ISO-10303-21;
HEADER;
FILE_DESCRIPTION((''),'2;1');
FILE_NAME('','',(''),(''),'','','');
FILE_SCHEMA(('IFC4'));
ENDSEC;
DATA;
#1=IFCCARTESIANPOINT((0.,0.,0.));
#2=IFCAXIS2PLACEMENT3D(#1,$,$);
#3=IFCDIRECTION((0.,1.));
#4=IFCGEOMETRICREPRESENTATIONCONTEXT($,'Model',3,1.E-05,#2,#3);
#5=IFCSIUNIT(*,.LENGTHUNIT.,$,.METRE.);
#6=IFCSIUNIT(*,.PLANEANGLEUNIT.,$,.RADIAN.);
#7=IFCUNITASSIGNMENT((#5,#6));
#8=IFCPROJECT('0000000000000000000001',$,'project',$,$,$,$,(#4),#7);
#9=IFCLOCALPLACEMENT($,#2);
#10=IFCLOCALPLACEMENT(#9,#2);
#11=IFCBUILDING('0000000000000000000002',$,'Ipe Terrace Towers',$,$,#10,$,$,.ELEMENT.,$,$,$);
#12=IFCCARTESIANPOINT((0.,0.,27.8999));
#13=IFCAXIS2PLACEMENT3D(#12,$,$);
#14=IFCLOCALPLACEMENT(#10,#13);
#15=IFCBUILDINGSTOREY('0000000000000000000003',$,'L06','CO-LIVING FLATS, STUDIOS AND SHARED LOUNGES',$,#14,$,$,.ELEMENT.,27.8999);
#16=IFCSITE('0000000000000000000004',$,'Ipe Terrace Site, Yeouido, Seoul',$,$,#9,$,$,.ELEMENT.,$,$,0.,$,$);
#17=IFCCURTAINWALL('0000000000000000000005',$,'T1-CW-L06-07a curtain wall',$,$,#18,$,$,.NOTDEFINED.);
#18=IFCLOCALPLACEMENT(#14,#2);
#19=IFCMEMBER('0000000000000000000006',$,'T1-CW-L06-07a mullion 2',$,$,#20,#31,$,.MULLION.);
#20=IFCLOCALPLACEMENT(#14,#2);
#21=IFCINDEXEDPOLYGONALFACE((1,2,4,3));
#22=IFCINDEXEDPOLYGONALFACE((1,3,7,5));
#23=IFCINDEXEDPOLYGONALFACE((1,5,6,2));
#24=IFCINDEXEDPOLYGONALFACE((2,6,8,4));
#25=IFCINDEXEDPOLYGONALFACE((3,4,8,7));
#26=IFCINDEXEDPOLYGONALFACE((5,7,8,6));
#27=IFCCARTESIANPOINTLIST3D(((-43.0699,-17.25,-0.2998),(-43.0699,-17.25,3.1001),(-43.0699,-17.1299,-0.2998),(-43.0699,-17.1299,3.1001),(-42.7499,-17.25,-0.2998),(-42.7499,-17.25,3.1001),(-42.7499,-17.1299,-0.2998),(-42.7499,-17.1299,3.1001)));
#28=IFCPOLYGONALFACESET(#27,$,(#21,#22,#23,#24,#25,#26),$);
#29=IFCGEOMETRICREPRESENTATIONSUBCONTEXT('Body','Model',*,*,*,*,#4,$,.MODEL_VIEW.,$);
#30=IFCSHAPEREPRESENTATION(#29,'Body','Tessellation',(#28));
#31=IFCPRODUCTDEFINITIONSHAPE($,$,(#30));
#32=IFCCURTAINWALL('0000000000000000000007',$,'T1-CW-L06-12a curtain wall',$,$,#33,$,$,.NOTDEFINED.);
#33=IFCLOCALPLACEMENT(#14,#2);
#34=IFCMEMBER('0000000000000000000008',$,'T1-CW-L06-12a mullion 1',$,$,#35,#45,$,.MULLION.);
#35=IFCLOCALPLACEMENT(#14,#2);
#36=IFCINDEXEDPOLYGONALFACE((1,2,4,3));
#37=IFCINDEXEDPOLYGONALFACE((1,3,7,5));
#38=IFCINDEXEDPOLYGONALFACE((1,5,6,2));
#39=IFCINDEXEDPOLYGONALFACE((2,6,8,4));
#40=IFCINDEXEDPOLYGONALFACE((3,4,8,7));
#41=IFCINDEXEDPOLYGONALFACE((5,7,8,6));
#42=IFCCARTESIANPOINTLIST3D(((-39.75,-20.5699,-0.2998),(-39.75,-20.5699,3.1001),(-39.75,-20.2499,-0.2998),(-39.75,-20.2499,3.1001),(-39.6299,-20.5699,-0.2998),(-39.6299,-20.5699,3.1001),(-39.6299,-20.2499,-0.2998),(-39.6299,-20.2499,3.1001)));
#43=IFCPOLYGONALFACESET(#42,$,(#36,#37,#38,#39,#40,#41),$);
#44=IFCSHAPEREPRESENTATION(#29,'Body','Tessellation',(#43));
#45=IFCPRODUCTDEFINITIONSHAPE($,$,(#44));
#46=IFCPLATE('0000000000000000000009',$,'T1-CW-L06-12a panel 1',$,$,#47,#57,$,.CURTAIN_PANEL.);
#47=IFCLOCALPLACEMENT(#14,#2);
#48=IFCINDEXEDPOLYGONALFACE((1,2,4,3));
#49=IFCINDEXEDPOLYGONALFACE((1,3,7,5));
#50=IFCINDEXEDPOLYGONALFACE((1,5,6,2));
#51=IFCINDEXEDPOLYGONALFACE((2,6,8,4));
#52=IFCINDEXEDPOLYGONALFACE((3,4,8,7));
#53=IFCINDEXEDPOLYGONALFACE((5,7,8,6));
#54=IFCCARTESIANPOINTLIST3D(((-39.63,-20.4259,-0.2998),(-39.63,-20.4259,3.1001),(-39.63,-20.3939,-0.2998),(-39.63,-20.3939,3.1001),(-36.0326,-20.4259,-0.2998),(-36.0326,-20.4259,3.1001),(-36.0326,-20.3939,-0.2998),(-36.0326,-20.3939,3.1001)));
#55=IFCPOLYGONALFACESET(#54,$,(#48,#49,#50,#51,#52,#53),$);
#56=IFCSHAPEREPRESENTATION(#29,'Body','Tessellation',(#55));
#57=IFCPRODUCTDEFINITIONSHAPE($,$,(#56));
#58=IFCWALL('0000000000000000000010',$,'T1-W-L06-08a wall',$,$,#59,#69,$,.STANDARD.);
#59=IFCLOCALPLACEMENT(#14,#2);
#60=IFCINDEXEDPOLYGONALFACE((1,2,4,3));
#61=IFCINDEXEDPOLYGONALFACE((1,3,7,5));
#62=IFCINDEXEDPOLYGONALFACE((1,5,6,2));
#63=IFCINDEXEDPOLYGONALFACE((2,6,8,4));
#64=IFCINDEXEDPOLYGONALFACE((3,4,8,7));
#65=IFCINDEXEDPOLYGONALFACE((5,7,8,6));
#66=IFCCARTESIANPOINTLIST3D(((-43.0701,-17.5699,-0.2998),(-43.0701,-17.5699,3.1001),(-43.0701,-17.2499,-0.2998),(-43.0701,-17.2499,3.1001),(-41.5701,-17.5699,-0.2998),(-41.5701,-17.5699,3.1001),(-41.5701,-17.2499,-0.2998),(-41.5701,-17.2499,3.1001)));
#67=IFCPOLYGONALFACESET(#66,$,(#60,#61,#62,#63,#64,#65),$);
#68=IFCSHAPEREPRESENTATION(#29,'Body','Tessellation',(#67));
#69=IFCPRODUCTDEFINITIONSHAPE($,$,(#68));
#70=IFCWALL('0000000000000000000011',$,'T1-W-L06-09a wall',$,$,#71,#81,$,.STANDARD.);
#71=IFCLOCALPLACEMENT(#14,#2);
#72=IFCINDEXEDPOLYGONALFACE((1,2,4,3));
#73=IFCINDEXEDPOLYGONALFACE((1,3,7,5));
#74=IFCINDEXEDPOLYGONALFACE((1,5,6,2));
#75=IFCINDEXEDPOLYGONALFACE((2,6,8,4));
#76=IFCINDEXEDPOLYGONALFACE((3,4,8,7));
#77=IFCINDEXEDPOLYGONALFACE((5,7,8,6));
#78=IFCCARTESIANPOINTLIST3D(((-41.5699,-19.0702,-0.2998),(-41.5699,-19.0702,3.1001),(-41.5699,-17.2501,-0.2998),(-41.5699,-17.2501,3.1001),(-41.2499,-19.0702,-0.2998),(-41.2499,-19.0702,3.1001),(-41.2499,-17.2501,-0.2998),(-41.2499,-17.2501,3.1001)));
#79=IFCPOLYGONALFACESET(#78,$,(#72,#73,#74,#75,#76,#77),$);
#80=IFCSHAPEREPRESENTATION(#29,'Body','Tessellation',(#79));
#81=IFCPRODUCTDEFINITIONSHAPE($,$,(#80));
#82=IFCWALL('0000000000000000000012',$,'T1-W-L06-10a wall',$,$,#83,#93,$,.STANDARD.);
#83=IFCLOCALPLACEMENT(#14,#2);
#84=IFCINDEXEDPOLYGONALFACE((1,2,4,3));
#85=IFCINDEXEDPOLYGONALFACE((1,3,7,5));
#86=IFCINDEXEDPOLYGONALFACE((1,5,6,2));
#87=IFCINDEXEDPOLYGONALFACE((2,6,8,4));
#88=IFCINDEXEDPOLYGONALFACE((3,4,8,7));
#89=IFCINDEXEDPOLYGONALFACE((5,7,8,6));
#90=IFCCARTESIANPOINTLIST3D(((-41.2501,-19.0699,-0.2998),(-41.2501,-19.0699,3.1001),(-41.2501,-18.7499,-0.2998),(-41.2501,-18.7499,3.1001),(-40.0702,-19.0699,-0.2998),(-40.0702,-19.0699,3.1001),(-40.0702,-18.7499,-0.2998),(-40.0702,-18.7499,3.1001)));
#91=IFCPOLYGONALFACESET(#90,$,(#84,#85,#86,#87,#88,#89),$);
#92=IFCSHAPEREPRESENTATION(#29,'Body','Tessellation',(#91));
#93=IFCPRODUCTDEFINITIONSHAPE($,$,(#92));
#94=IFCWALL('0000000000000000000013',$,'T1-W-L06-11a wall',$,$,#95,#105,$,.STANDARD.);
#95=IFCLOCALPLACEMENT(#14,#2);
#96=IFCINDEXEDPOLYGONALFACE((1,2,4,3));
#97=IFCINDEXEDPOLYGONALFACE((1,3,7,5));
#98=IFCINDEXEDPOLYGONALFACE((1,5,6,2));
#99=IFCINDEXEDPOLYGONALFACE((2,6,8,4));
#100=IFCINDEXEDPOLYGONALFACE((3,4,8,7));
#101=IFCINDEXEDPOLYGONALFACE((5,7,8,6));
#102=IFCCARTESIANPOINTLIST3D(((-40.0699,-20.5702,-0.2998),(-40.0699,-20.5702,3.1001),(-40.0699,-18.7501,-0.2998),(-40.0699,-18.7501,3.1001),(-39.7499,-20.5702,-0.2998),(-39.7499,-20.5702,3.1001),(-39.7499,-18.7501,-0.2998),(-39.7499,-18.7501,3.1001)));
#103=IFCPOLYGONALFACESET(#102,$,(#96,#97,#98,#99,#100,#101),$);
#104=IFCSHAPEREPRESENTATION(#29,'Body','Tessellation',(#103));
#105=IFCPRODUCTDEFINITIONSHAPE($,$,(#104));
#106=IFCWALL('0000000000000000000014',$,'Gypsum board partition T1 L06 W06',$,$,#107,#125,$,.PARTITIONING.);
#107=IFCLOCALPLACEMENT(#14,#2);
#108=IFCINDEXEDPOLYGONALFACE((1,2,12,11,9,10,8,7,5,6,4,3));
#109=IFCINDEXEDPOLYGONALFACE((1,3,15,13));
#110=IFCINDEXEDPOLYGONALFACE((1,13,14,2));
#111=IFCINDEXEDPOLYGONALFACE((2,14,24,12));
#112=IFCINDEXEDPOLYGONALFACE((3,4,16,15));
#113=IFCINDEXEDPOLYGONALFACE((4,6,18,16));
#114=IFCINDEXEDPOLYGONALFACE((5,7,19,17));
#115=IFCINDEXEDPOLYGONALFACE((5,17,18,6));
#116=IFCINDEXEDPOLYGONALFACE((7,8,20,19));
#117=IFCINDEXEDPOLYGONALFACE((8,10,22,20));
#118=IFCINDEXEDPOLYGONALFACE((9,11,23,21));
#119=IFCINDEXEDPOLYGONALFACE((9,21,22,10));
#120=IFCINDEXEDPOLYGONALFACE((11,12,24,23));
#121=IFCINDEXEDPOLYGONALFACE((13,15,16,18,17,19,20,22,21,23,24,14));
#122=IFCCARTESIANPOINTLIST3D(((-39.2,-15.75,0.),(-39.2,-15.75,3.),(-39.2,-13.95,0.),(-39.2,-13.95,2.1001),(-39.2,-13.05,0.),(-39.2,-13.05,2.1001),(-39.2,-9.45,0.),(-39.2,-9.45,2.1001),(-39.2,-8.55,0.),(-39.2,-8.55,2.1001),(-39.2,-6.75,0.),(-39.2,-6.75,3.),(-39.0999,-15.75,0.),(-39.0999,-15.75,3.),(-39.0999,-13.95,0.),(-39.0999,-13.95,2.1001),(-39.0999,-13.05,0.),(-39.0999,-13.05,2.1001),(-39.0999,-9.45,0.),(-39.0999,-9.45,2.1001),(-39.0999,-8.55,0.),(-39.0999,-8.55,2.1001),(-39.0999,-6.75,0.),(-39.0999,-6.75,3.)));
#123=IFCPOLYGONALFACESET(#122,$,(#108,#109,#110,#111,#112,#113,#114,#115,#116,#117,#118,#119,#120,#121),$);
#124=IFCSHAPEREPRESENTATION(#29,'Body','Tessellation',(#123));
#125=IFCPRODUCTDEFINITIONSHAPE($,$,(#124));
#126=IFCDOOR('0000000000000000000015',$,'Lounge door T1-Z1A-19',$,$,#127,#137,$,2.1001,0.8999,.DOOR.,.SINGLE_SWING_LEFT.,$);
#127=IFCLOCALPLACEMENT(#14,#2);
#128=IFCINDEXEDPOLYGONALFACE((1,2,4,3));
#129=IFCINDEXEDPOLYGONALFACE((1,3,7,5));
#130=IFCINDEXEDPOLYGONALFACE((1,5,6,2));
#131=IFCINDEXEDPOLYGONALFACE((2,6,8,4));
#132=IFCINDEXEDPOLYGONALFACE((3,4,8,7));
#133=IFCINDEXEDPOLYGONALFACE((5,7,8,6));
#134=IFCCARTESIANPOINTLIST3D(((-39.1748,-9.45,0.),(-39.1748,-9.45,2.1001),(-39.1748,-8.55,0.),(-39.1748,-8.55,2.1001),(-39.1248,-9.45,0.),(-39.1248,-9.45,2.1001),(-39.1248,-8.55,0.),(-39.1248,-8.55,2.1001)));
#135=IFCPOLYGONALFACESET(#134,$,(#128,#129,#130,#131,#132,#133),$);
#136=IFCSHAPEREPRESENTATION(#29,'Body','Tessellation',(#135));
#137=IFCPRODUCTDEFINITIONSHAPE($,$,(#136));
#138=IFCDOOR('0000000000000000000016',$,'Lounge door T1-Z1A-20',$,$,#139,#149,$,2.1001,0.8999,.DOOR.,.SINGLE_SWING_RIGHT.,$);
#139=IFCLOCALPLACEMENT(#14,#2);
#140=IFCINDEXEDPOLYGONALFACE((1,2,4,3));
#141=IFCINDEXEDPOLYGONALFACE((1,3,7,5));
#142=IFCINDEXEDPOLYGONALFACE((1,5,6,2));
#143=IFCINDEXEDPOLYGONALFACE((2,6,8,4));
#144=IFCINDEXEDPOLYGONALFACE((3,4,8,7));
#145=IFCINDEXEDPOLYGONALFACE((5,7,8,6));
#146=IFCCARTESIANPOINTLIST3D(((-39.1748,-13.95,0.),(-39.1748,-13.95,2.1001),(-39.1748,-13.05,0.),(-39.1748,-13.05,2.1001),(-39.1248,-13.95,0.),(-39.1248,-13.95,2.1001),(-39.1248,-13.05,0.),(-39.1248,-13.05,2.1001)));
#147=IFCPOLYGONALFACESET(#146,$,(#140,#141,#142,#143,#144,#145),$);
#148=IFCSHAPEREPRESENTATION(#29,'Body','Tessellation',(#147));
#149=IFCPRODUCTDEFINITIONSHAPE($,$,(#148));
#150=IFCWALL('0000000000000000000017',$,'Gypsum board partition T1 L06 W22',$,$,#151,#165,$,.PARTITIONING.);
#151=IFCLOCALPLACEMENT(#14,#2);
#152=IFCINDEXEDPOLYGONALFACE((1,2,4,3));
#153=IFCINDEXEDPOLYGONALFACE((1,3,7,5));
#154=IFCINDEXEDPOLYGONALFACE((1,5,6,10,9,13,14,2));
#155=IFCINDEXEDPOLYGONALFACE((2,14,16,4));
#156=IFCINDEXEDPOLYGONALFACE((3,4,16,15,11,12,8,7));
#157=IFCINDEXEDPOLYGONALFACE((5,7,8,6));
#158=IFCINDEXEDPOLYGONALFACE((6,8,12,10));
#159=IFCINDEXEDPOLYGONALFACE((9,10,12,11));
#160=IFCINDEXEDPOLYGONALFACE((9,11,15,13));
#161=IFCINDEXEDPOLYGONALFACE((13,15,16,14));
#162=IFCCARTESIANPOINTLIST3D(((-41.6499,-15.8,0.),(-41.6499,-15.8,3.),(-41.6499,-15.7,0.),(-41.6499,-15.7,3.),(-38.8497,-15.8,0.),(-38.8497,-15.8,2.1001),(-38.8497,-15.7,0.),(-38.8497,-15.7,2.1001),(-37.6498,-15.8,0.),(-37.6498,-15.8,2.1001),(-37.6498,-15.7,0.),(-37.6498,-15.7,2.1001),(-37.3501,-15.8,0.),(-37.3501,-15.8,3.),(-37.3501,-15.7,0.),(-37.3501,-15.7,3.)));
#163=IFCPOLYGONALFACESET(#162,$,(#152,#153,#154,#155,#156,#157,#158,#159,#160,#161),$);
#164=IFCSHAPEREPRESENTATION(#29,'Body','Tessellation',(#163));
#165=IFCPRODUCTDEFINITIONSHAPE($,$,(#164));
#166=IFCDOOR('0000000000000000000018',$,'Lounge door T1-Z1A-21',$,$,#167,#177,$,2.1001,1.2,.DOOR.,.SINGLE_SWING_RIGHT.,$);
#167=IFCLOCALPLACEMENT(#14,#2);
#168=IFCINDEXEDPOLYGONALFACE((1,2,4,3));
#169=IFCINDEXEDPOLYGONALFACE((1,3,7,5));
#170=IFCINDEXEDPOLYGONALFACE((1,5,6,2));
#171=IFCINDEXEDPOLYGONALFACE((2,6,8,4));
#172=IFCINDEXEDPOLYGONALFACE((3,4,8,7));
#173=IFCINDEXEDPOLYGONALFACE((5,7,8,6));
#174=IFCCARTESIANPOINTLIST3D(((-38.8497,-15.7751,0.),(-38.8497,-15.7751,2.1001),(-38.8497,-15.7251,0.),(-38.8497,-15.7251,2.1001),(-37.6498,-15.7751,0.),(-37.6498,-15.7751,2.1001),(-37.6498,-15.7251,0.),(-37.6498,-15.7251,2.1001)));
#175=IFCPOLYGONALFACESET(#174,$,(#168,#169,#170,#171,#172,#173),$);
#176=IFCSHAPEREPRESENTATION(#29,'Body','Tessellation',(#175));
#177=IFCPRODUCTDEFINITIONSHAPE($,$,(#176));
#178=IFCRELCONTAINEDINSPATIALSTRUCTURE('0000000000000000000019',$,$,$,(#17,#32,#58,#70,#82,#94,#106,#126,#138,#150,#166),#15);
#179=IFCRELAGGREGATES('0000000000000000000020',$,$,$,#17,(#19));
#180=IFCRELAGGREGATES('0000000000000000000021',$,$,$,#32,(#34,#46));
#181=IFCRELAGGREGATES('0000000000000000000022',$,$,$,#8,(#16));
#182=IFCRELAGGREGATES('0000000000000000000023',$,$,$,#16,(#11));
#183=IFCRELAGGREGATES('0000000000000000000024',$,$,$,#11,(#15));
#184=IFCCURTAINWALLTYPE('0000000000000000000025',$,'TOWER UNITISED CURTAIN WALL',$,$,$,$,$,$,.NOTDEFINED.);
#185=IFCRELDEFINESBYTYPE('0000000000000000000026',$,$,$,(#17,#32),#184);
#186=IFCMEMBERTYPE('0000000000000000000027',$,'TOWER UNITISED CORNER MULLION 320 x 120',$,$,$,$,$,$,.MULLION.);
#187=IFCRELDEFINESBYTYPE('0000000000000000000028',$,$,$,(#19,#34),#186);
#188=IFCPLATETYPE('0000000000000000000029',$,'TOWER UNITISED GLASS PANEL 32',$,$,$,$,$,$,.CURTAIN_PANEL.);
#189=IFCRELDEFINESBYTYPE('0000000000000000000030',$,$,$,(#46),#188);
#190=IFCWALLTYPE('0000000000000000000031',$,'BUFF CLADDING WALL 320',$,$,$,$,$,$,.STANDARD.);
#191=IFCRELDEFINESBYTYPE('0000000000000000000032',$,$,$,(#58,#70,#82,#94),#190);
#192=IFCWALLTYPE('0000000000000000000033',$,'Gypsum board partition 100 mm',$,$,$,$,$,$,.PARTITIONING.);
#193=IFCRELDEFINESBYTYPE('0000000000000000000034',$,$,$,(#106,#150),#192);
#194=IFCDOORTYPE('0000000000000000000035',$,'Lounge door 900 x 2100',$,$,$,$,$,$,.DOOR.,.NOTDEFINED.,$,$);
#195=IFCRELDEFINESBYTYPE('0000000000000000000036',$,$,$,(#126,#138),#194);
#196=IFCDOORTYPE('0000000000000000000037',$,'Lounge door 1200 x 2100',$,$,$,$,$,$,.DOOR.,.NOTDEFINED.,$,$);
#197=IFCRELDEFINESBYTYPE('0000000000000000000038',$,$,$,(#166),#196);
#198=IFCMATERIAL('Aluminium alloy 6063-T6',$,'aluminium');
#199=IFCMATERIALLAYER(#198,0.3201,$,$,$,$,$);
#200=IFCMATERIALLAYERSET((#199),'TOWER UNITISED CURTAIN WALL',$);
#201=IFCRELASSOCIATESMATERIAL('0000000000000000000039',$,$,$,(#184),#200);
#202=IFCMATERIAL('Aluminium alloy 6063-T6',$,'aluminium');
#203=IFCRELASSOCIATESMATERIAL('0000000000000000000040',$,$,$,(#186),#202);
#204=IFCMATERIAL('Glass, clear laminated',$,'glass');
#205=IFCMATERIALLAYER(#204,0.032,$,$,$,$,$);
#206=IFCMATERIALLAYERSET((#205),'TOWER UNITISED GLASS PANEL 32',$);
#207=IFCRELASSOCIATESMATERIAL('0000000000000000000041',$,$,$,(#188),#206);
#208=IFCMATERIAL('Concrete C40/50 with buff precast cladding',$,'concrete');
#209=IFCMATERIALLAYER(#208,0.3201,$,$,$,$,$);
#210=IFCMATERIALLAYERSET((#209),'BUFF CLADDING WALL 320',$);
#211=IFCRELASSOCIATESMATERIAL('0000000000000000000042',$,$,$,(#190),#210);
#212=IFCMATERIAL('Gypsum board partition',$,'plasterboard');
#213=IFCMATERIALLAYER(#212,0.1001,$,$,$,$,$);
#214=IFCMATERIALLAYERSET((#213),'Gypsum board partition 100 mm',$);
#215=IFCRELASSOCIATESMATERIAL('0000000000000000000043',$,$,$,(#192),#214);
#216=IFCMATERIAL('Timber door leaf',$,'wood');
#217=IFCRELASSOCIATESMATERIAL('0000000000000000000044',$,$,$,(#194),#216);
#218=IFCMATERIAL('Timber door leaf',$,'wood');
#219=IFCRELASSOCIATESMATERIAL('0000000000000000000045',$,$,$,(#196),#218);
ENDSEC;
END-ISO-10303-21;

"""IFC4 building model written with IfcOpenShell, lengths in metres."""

from ifc_helpers import new_model, si_unit, direction, frame, frame_2d, origin, origin_2d, place, context, subcontext, project, spatial, rectangle, extrude, material, layer, layer_set, material_profile, profile_set, type_object, element, fill, aggregate, save


model = new_model("IFC4")

# Units and contexts
model_context = context("Model", 3, precision=1e-05, world=origin(), true_north=direction((0.0, 1.0)))
body_context = subcontext(model_context, "Body", "Model", "MODEL_VIEW")
ifc_project = project(units=[si_unit("LENGTHUNIT", "METRE"), si_unit("PLANEANGLEUNIT", "RADIAN")], contexts=[model_context])

# Site, building, storey
site_placement = place(None, origin())
site = spatial("IfcSite", under=ifc_project, at=site_placement, Name="Ipe Terrace Site, Yeouido, Seoul", CompositionType="ELEMENT", RefElevation=0.0)
building_placement = place(site_placement, origin())
building = spatial("IfcBuilding", under=site, at=building_placement, Name="Ipe Terrace Towers", CompositionType="ELEMENT")
storey_placement = place(building_placement, frame((0.0, 0.0, 27.8999)))
storey = spatial("IfcBuildingStorey", under=building, at=storey_placement, Name="L06", Description="CO-LIVING FLATS, STUDIOS AND SHARED LOUNGES", CompositionType="ELEMENT", Elevation=27.8999)

# Curtain wall, member
ifc_material_1 = material(Name="Aluminium alloy 6063-T6", Category="aluminium")
ifc_layer_1 = layer(ifc_material_1, 0.3201)
ifc_layer_set_1 = layer_set([ifc_layer_1], Name="TOWER UNITISED CURTAIN WALL")
curtain_wall_type = type_object("IfcCurtainWallType", Name="TOWER UNITISED CURTAIN WALL", PredefinedType="NOTDEFINED", material=ifc_layer_set_1)
curtain_wall_1_placement = place(storey_placement, origin())
curtain_wall_1 = element("IfcCurtainWall", 1, at=curtain_wall_1_placement, inside=storey, type_object=curtain_wall_type, Name="T1-CW-L06-07a curtain wall", PredefinedType="NOTDEFINED")
ifc_material_2 = material(Name="Aluminium alloy 6063-T6", Category="aluminium")
ifc_material_profile_1 = material_profile(ifc_material_2, rectangle(XDim=0.3201, YDim=0.1201, at=origin_2d()), Name="TOWER UNITISED CORNER MULLION 320 x 120")
ifc_profile_set_1 = profile_set([ifc_material_profile_1], Name="Aluminium alloy 6063-T6")
member_type = type_object("IfcMemberType", Name="TOWER UNITISED CORNER MULLION 320 x 120", PredefinedType="MULLION", material=ifc_profile_set_1)
member_1_placement = place(storey_placement, frame((-42.9099, -17.1899, -0.2998), z_axis=(0.0, 0.0, 1.0), x_axis=(-1.0, 0.0, 0.0)))
member_1 = element("IfcMember", 2, at=member_1_placement, type_object=member_type, Name="T1-CW-L06-07a mullion 2", PredefinedType="MULLION", context=body_context, shape_type="SweptSolid", body=[
    extrude(rectangle(XDim=0.3201, YDim=0.1201, at=origin_2d()), origin(), (0.0, 0.0, 1.0), 3.3999),
])
aggregate(curtain_wall_1, [member_1])

# Curtain wall, member, plate
curtain_wall_2_placement = place(storey_placement, origin())
curtain_wall_2 = element("IfcCurtainWall", 3, at=curtain_wall_2_placement, inside=storey, type_object=curtain_wall_type, Name="T1-CW-L06-12a curtain wall", PredefinedType="NOTDEFINED")
member_2_placement = place(storey_placement, frame((-39.6899, -20.4099, -0.2998), z_axis=(0.0, 0.0, 1.0), x_axis=(0.0, -1.0, 0.0)))
member_2 = element("IfcMember", 4, at=member_2_placement, type_object=member_type, Name="T1-CW-L06-12a mullion 1", PredefinedType="MULLION", context=body_context, shape_type="SweptSolid", body=[
    extrude(rectangle(XDim=0.3201, YDim=0.1201, at=origin_2d()), origin(), (0.0, 0.0, 1.0), 3.3999),
])
ifc_material_3 = material(Name="Glass, clear laminated", Category="glass")
ifc_layer_2 = layer(ifc_material_3, 0.032)
ifc_layer_set_2 = layer_set([ifc_layer_2], Name="TOWER UNITISED GLASS PANEL 32")
plate_type = type_object("IfcPlateType", Name="TOWER UNITISED GLASS PANEL 32", PredefinedType="CURTAIN_PANEL", material=ifc_layer_set_2)
plate_placement = place(storey_placement, frame((-37.8313, -20.4099, -0.2998), z_axis=(0.0, 0.0, 1.0), x_axis=(1.0, 0.0, 0.0)))
plate = element("IfcPlate", 5, at=plate_placement, type_object=plate_type, Name="T1-CW-L06-12a panel 1", PredefinedType="CURTAIN_PANEL", context=body_context, shape_type="SweptSolid", body=[
    extrude(rectangle(XDim=3.5974, YDim=0.032, at=origin_2d()), origin(), (0.0, 0.0, 1.0), 3.3999),
])
aggregate(curtain_wall_2, [member_2, plate])

# Walls
ifc_material_4 = material(Name="Concrete C40/50 with buff precast cladding", Category="concrete")
ifc_layer_3 = layer(ifc_material_4, 0.3201)
ifc_layer_set_3 = layer_set([ifc_layer_3], Name="BUFF CLADDING WALL 320")
wall_type_1 = type_object("IfcWallType", Name="BUFF CLADDING WALL 320", PredefinedType="STANDARD", material=ifc_layer_set_3)
wall_1_placement = place(storey_placement, frame((-43.0701, -17.4099, -0.2998), z_axis=(0.0, 0.0, 1.0), x_axis=(1.0, 0.0, 0.0)))
element("IfcWall", 6, at=wall_1_placement, inside=storey, type_object=wall_type_1, Name="T1-W-L06-08a wall", PredefinedType="STANDARD", context=body_context, shape_type="SweptSolid", body=[
    extrude(rectangle(XDim=1.5, YDim=0.3201, at=frame_2d((0.75, 0.0))), origin(), (0.0, 0.0, 1.0), 3.3999),
])
wall_2_placement = place(storey_placement, frame((-41.4099, -17.25, -0.2998), z_axis=(0.0, 0.0, 1.0), x_axis=(0.0, -1.0, 0.0)))
element("IfcWall", 7, at=wall_2_placement, inside=storey, type_object=wall_type_1, Name="T1-W-L06-09a wall", PredefinedType="STANDARD", context=body_context, shape_type="SweptSolid", body=[
    extrude(rectangle(XDim=1.8201, YDim=0.3201, at=frame_2d((0.9102, 0.0))), origin(), (0.0, 0.0, 1.0), 3.3999),
])
wall_3_placement = place(storey_placement, frame((-41.25, -18.9099, -0.2998), z_axis=(0.0, 0.0, 1.0), x_axis=(1.0, 0.0, 0.0)))
element("IfcWall", 8, at=wall_3_placement, inside=storey, type_object=wall_type_1, Name="T1-W-L06-10a wall", PredefinedType="STANDARD", context=body_context, shape_type="SweptSolid", body=[
    extrude(rectangle(XDim=1.1799, YDim=0.3201, at=frame_2d((0.5898, 0.0))), origin(), (0.0, 0.0, 1.0), 3.3999),
])
wall_4_placement = place(storey_placement, frame((-39.9099, -18.75, -0.2998), z_axis=(0.0, 0.0, 1.0), x_axis=(0.0, -1.0, 0.0)))
element("IfcWall", 9, at=wall_4_placement, inside=storey, type_object=wall_type_1, Name="T1-W-L06-11a wall", PredefinedType="STANDARD", context=body_context, shape_type="SweptSolid", body=[
    extrude(rectangle(XDim=1.8201, YDim=0.3201, at=frame_2d((0.9102, 0.0))), origin(), (0.0, 0.0, 1.0), 3.3999),
])

# Wall, openings, doors
ifc_material_5 = material(Name="Gypsum board partition", Category="plasterboard")
ifc_layer_4 = layer(ifc_material_5, 0.1001)
ifc_layer_set_4 = layer_set([ifc_layer_4], Name="Gypsum board partition 100 mm")
wall_type_2 = type_object("IfcWallType", Name="Gypsum board partition 100 mm", PredefinedType="PARTITIONING", material=ifc_layer_set_4)
wall_5_placement = place(storey_placement, frame((-39.1499, -15.75, 0.0), z_axis=(0.0, 0.0, 1.0), x_axis=(0.0, 1.0, 0.0)))
wall_5 = element("IfcWall", 10, at=wall_5_placement, inside=storey, type_object=wall_type_2, Name="Gypsum board partition T1 L06 W06", PredefinedType="PARTITIONING", context=body_context, shape_type="SweptSolid", body=[
    extrude(rectangle(XDim=9.0, YDim=0.1001, at=frame_2d((4.5, 0.0))), origin(), (0.0, 0.0, 1.0), 3.0),
])
opening_1_placement = place(wall_5_placement, frame((6.3, 0.0, 0.0)))
opening_1 = element("IfcOpeningElement", 11, at=opening_1_placement, cuts=wall_5, PredefinedType="OPENING", context=body_context, shape_type="SweptSolid", body=[
    extrude(rectangle(XDim=0.8999, YDim=2.1001, at=frame_2d((0.45, 1.05))), frame((0.0, 0.0601, 0.0), z_axis=(0.0, -1.0, 0.0), x_axis=(1.0, 0.0, 0.0)), (0.0, 0.0, 1.0), 0.1201),
])
opening_2_placement = place(wall_5_placement, frame((1.8, 0.0, 0.0)))
opening_2 = element("IfcOpeningElement", 12, at=opening_2_placement, cuts=wall_5, PredefinedType="OPENING", context=body_context, shape_type="SweptSolid", body=[
    extrude(rectangle(XDim=0.8999, YDim=2.1001, at=frame_2d((0.45, 1.05))), frame((0.0, 0.0601, 0.0), z_axis=(0.0, -1.0, 0.0), x_axis=(1.0, 0.0, 0.0)), (0.0, 0.0, 1.0), 0.1201),
])
ifc_material_6 = material(Name="Timber door leaf", Category="wood")
door_type_1 = type_object("IfcDoorType", Name="Lounge door 900 x 2100", OperationType="NOTDEFINED", PredefinedType="DOOR", material=ifc_material_6)
door_1_placement = place(opening_1_placement, origin())
door_1 = element("IfcDoor", 13, at=door_1_placement, inside=storey, type_object=door_type_1, Name="Lounge door T1-Z1A-19", OperationType="SINGLE_SWING_LEFT", OverallHeight=2.1001, OverallWidth=0.8999, PredefinedType="DOOR", context=body_context, shape_type="SweptSolid", body=[
    extrude(rectangle(XDim=0.8999, YDim=2.1001, at=frame_2d((0.45, 1.05))), frame((0.0, 0.0249, 0.0), z_axis=(0.0, -1.0, 0.0), x_axis=(1.0, 0.0, 0.0)), (0.0, 0.0, 1.0), 0.05),
])
fill(opening_1, door_1)
door_2_placement = place(opening_2_placement, origin())
door_2 = element("IfcDoor", 14, at=door_2_placement, inside=storey, type_object=door_type_1, Name="Lounge door T1-Z1A-20", OperationType="SINGLE_SWING_RIGHT", OverallHeight=2.1001, OverallWidth=0.8999, PredefinedType="DOOR", context=body_context, shape_type="SweptSolid", body=[
    extrude(rectangle(XDim=0.8999, YDim=2.1001, at=frame_2d((0.45, 1.05))), frame((0.0, 0.0249, 0.0), z_axis=(0.0, -1.0, 0.0), x_axis=(1.0, 0.0, 0.0)), (0.0, 0.0, 1.0), 0.05),
])
fill(opening_2, door_2)

# Wall, opening, door
wall_6_placement = place(storey_placement, frame((-41.6499, -15.75, 0.0), z_axis=(0.0, 0.0, 1.0), x_axis=(1.0, 0.0, 0.0)))
wall_6 = element("IfcWall", 15, at=wall_6_placement, inside=storey, type_object=wall_type_2, Name="Gypsum board partition T1 L06 W22", PredefinedType="PARTITIONING", context=body_context, shape_type="SweptSolid", body=[
    extrude(rectangle(XDim=4.2998, YDim=0.1001, at=frame_2d((2.1499, 0.0))), origin(), (0.0, 0.0, 1.0), 3.0),
])
opening_3_placement = place(wall_6_placement, frame((2.8, 0.0, 0.0)))
opening_3 = element("IfcOpeningElement", 16, at=opening_3_placement, cuts=wall_6, PredefinedType="OPENING", context=body_context, shape_type="SweptSolid", body=[
    extrude(rectangle(XDim=1.2, YDim=2.1001, at=frame_2d((0.6001, 1.05))), frame((0.0, 0.0601, 0.0), z_axis=(0.0, -1.0, 0.0), x_axis=(1.0, 0.0, 0.0)), (0.0, 0.0, 1.0), 0.1201),
])
ifc_material_7 = material(Name="Timber door leaf", Category="wood")
door_type_2 = type_object("IfcDoorType", Name="Lounge door 1200 x 2100", OperationType="NOTDEFINED", PredefinedType="DOOR", material=ifc_material_7)
door_3_placement = place(opening_3_placement, origin())
door_3 = element("IfcDoor", 17, at=door_3_placement, inside=storey, type_object=door_type_2, Name="Lounge door T1-Z1A-21", OperationType="SINGLE_SWING_RIGHT", OverallHeight=2.1001, OverallWidth=1.2, PredefinedType="DOOR", context=body_context, shape_type="SweptSolid", body=[
    extrude(rectangle(XDim=1.2, YDim=2.1001, at=frame_2d((0.6001, 1.05))), frame((0.0, 0.0249, 0.0), z_axis=(0.0, -1.0, 0.0), x_axis=(1.0, 0.0, 0.0)), (0.0, 0.0, 1.0), 0.05),
])
fill(opening_3, door_3)

save(model, "model.ifc")
